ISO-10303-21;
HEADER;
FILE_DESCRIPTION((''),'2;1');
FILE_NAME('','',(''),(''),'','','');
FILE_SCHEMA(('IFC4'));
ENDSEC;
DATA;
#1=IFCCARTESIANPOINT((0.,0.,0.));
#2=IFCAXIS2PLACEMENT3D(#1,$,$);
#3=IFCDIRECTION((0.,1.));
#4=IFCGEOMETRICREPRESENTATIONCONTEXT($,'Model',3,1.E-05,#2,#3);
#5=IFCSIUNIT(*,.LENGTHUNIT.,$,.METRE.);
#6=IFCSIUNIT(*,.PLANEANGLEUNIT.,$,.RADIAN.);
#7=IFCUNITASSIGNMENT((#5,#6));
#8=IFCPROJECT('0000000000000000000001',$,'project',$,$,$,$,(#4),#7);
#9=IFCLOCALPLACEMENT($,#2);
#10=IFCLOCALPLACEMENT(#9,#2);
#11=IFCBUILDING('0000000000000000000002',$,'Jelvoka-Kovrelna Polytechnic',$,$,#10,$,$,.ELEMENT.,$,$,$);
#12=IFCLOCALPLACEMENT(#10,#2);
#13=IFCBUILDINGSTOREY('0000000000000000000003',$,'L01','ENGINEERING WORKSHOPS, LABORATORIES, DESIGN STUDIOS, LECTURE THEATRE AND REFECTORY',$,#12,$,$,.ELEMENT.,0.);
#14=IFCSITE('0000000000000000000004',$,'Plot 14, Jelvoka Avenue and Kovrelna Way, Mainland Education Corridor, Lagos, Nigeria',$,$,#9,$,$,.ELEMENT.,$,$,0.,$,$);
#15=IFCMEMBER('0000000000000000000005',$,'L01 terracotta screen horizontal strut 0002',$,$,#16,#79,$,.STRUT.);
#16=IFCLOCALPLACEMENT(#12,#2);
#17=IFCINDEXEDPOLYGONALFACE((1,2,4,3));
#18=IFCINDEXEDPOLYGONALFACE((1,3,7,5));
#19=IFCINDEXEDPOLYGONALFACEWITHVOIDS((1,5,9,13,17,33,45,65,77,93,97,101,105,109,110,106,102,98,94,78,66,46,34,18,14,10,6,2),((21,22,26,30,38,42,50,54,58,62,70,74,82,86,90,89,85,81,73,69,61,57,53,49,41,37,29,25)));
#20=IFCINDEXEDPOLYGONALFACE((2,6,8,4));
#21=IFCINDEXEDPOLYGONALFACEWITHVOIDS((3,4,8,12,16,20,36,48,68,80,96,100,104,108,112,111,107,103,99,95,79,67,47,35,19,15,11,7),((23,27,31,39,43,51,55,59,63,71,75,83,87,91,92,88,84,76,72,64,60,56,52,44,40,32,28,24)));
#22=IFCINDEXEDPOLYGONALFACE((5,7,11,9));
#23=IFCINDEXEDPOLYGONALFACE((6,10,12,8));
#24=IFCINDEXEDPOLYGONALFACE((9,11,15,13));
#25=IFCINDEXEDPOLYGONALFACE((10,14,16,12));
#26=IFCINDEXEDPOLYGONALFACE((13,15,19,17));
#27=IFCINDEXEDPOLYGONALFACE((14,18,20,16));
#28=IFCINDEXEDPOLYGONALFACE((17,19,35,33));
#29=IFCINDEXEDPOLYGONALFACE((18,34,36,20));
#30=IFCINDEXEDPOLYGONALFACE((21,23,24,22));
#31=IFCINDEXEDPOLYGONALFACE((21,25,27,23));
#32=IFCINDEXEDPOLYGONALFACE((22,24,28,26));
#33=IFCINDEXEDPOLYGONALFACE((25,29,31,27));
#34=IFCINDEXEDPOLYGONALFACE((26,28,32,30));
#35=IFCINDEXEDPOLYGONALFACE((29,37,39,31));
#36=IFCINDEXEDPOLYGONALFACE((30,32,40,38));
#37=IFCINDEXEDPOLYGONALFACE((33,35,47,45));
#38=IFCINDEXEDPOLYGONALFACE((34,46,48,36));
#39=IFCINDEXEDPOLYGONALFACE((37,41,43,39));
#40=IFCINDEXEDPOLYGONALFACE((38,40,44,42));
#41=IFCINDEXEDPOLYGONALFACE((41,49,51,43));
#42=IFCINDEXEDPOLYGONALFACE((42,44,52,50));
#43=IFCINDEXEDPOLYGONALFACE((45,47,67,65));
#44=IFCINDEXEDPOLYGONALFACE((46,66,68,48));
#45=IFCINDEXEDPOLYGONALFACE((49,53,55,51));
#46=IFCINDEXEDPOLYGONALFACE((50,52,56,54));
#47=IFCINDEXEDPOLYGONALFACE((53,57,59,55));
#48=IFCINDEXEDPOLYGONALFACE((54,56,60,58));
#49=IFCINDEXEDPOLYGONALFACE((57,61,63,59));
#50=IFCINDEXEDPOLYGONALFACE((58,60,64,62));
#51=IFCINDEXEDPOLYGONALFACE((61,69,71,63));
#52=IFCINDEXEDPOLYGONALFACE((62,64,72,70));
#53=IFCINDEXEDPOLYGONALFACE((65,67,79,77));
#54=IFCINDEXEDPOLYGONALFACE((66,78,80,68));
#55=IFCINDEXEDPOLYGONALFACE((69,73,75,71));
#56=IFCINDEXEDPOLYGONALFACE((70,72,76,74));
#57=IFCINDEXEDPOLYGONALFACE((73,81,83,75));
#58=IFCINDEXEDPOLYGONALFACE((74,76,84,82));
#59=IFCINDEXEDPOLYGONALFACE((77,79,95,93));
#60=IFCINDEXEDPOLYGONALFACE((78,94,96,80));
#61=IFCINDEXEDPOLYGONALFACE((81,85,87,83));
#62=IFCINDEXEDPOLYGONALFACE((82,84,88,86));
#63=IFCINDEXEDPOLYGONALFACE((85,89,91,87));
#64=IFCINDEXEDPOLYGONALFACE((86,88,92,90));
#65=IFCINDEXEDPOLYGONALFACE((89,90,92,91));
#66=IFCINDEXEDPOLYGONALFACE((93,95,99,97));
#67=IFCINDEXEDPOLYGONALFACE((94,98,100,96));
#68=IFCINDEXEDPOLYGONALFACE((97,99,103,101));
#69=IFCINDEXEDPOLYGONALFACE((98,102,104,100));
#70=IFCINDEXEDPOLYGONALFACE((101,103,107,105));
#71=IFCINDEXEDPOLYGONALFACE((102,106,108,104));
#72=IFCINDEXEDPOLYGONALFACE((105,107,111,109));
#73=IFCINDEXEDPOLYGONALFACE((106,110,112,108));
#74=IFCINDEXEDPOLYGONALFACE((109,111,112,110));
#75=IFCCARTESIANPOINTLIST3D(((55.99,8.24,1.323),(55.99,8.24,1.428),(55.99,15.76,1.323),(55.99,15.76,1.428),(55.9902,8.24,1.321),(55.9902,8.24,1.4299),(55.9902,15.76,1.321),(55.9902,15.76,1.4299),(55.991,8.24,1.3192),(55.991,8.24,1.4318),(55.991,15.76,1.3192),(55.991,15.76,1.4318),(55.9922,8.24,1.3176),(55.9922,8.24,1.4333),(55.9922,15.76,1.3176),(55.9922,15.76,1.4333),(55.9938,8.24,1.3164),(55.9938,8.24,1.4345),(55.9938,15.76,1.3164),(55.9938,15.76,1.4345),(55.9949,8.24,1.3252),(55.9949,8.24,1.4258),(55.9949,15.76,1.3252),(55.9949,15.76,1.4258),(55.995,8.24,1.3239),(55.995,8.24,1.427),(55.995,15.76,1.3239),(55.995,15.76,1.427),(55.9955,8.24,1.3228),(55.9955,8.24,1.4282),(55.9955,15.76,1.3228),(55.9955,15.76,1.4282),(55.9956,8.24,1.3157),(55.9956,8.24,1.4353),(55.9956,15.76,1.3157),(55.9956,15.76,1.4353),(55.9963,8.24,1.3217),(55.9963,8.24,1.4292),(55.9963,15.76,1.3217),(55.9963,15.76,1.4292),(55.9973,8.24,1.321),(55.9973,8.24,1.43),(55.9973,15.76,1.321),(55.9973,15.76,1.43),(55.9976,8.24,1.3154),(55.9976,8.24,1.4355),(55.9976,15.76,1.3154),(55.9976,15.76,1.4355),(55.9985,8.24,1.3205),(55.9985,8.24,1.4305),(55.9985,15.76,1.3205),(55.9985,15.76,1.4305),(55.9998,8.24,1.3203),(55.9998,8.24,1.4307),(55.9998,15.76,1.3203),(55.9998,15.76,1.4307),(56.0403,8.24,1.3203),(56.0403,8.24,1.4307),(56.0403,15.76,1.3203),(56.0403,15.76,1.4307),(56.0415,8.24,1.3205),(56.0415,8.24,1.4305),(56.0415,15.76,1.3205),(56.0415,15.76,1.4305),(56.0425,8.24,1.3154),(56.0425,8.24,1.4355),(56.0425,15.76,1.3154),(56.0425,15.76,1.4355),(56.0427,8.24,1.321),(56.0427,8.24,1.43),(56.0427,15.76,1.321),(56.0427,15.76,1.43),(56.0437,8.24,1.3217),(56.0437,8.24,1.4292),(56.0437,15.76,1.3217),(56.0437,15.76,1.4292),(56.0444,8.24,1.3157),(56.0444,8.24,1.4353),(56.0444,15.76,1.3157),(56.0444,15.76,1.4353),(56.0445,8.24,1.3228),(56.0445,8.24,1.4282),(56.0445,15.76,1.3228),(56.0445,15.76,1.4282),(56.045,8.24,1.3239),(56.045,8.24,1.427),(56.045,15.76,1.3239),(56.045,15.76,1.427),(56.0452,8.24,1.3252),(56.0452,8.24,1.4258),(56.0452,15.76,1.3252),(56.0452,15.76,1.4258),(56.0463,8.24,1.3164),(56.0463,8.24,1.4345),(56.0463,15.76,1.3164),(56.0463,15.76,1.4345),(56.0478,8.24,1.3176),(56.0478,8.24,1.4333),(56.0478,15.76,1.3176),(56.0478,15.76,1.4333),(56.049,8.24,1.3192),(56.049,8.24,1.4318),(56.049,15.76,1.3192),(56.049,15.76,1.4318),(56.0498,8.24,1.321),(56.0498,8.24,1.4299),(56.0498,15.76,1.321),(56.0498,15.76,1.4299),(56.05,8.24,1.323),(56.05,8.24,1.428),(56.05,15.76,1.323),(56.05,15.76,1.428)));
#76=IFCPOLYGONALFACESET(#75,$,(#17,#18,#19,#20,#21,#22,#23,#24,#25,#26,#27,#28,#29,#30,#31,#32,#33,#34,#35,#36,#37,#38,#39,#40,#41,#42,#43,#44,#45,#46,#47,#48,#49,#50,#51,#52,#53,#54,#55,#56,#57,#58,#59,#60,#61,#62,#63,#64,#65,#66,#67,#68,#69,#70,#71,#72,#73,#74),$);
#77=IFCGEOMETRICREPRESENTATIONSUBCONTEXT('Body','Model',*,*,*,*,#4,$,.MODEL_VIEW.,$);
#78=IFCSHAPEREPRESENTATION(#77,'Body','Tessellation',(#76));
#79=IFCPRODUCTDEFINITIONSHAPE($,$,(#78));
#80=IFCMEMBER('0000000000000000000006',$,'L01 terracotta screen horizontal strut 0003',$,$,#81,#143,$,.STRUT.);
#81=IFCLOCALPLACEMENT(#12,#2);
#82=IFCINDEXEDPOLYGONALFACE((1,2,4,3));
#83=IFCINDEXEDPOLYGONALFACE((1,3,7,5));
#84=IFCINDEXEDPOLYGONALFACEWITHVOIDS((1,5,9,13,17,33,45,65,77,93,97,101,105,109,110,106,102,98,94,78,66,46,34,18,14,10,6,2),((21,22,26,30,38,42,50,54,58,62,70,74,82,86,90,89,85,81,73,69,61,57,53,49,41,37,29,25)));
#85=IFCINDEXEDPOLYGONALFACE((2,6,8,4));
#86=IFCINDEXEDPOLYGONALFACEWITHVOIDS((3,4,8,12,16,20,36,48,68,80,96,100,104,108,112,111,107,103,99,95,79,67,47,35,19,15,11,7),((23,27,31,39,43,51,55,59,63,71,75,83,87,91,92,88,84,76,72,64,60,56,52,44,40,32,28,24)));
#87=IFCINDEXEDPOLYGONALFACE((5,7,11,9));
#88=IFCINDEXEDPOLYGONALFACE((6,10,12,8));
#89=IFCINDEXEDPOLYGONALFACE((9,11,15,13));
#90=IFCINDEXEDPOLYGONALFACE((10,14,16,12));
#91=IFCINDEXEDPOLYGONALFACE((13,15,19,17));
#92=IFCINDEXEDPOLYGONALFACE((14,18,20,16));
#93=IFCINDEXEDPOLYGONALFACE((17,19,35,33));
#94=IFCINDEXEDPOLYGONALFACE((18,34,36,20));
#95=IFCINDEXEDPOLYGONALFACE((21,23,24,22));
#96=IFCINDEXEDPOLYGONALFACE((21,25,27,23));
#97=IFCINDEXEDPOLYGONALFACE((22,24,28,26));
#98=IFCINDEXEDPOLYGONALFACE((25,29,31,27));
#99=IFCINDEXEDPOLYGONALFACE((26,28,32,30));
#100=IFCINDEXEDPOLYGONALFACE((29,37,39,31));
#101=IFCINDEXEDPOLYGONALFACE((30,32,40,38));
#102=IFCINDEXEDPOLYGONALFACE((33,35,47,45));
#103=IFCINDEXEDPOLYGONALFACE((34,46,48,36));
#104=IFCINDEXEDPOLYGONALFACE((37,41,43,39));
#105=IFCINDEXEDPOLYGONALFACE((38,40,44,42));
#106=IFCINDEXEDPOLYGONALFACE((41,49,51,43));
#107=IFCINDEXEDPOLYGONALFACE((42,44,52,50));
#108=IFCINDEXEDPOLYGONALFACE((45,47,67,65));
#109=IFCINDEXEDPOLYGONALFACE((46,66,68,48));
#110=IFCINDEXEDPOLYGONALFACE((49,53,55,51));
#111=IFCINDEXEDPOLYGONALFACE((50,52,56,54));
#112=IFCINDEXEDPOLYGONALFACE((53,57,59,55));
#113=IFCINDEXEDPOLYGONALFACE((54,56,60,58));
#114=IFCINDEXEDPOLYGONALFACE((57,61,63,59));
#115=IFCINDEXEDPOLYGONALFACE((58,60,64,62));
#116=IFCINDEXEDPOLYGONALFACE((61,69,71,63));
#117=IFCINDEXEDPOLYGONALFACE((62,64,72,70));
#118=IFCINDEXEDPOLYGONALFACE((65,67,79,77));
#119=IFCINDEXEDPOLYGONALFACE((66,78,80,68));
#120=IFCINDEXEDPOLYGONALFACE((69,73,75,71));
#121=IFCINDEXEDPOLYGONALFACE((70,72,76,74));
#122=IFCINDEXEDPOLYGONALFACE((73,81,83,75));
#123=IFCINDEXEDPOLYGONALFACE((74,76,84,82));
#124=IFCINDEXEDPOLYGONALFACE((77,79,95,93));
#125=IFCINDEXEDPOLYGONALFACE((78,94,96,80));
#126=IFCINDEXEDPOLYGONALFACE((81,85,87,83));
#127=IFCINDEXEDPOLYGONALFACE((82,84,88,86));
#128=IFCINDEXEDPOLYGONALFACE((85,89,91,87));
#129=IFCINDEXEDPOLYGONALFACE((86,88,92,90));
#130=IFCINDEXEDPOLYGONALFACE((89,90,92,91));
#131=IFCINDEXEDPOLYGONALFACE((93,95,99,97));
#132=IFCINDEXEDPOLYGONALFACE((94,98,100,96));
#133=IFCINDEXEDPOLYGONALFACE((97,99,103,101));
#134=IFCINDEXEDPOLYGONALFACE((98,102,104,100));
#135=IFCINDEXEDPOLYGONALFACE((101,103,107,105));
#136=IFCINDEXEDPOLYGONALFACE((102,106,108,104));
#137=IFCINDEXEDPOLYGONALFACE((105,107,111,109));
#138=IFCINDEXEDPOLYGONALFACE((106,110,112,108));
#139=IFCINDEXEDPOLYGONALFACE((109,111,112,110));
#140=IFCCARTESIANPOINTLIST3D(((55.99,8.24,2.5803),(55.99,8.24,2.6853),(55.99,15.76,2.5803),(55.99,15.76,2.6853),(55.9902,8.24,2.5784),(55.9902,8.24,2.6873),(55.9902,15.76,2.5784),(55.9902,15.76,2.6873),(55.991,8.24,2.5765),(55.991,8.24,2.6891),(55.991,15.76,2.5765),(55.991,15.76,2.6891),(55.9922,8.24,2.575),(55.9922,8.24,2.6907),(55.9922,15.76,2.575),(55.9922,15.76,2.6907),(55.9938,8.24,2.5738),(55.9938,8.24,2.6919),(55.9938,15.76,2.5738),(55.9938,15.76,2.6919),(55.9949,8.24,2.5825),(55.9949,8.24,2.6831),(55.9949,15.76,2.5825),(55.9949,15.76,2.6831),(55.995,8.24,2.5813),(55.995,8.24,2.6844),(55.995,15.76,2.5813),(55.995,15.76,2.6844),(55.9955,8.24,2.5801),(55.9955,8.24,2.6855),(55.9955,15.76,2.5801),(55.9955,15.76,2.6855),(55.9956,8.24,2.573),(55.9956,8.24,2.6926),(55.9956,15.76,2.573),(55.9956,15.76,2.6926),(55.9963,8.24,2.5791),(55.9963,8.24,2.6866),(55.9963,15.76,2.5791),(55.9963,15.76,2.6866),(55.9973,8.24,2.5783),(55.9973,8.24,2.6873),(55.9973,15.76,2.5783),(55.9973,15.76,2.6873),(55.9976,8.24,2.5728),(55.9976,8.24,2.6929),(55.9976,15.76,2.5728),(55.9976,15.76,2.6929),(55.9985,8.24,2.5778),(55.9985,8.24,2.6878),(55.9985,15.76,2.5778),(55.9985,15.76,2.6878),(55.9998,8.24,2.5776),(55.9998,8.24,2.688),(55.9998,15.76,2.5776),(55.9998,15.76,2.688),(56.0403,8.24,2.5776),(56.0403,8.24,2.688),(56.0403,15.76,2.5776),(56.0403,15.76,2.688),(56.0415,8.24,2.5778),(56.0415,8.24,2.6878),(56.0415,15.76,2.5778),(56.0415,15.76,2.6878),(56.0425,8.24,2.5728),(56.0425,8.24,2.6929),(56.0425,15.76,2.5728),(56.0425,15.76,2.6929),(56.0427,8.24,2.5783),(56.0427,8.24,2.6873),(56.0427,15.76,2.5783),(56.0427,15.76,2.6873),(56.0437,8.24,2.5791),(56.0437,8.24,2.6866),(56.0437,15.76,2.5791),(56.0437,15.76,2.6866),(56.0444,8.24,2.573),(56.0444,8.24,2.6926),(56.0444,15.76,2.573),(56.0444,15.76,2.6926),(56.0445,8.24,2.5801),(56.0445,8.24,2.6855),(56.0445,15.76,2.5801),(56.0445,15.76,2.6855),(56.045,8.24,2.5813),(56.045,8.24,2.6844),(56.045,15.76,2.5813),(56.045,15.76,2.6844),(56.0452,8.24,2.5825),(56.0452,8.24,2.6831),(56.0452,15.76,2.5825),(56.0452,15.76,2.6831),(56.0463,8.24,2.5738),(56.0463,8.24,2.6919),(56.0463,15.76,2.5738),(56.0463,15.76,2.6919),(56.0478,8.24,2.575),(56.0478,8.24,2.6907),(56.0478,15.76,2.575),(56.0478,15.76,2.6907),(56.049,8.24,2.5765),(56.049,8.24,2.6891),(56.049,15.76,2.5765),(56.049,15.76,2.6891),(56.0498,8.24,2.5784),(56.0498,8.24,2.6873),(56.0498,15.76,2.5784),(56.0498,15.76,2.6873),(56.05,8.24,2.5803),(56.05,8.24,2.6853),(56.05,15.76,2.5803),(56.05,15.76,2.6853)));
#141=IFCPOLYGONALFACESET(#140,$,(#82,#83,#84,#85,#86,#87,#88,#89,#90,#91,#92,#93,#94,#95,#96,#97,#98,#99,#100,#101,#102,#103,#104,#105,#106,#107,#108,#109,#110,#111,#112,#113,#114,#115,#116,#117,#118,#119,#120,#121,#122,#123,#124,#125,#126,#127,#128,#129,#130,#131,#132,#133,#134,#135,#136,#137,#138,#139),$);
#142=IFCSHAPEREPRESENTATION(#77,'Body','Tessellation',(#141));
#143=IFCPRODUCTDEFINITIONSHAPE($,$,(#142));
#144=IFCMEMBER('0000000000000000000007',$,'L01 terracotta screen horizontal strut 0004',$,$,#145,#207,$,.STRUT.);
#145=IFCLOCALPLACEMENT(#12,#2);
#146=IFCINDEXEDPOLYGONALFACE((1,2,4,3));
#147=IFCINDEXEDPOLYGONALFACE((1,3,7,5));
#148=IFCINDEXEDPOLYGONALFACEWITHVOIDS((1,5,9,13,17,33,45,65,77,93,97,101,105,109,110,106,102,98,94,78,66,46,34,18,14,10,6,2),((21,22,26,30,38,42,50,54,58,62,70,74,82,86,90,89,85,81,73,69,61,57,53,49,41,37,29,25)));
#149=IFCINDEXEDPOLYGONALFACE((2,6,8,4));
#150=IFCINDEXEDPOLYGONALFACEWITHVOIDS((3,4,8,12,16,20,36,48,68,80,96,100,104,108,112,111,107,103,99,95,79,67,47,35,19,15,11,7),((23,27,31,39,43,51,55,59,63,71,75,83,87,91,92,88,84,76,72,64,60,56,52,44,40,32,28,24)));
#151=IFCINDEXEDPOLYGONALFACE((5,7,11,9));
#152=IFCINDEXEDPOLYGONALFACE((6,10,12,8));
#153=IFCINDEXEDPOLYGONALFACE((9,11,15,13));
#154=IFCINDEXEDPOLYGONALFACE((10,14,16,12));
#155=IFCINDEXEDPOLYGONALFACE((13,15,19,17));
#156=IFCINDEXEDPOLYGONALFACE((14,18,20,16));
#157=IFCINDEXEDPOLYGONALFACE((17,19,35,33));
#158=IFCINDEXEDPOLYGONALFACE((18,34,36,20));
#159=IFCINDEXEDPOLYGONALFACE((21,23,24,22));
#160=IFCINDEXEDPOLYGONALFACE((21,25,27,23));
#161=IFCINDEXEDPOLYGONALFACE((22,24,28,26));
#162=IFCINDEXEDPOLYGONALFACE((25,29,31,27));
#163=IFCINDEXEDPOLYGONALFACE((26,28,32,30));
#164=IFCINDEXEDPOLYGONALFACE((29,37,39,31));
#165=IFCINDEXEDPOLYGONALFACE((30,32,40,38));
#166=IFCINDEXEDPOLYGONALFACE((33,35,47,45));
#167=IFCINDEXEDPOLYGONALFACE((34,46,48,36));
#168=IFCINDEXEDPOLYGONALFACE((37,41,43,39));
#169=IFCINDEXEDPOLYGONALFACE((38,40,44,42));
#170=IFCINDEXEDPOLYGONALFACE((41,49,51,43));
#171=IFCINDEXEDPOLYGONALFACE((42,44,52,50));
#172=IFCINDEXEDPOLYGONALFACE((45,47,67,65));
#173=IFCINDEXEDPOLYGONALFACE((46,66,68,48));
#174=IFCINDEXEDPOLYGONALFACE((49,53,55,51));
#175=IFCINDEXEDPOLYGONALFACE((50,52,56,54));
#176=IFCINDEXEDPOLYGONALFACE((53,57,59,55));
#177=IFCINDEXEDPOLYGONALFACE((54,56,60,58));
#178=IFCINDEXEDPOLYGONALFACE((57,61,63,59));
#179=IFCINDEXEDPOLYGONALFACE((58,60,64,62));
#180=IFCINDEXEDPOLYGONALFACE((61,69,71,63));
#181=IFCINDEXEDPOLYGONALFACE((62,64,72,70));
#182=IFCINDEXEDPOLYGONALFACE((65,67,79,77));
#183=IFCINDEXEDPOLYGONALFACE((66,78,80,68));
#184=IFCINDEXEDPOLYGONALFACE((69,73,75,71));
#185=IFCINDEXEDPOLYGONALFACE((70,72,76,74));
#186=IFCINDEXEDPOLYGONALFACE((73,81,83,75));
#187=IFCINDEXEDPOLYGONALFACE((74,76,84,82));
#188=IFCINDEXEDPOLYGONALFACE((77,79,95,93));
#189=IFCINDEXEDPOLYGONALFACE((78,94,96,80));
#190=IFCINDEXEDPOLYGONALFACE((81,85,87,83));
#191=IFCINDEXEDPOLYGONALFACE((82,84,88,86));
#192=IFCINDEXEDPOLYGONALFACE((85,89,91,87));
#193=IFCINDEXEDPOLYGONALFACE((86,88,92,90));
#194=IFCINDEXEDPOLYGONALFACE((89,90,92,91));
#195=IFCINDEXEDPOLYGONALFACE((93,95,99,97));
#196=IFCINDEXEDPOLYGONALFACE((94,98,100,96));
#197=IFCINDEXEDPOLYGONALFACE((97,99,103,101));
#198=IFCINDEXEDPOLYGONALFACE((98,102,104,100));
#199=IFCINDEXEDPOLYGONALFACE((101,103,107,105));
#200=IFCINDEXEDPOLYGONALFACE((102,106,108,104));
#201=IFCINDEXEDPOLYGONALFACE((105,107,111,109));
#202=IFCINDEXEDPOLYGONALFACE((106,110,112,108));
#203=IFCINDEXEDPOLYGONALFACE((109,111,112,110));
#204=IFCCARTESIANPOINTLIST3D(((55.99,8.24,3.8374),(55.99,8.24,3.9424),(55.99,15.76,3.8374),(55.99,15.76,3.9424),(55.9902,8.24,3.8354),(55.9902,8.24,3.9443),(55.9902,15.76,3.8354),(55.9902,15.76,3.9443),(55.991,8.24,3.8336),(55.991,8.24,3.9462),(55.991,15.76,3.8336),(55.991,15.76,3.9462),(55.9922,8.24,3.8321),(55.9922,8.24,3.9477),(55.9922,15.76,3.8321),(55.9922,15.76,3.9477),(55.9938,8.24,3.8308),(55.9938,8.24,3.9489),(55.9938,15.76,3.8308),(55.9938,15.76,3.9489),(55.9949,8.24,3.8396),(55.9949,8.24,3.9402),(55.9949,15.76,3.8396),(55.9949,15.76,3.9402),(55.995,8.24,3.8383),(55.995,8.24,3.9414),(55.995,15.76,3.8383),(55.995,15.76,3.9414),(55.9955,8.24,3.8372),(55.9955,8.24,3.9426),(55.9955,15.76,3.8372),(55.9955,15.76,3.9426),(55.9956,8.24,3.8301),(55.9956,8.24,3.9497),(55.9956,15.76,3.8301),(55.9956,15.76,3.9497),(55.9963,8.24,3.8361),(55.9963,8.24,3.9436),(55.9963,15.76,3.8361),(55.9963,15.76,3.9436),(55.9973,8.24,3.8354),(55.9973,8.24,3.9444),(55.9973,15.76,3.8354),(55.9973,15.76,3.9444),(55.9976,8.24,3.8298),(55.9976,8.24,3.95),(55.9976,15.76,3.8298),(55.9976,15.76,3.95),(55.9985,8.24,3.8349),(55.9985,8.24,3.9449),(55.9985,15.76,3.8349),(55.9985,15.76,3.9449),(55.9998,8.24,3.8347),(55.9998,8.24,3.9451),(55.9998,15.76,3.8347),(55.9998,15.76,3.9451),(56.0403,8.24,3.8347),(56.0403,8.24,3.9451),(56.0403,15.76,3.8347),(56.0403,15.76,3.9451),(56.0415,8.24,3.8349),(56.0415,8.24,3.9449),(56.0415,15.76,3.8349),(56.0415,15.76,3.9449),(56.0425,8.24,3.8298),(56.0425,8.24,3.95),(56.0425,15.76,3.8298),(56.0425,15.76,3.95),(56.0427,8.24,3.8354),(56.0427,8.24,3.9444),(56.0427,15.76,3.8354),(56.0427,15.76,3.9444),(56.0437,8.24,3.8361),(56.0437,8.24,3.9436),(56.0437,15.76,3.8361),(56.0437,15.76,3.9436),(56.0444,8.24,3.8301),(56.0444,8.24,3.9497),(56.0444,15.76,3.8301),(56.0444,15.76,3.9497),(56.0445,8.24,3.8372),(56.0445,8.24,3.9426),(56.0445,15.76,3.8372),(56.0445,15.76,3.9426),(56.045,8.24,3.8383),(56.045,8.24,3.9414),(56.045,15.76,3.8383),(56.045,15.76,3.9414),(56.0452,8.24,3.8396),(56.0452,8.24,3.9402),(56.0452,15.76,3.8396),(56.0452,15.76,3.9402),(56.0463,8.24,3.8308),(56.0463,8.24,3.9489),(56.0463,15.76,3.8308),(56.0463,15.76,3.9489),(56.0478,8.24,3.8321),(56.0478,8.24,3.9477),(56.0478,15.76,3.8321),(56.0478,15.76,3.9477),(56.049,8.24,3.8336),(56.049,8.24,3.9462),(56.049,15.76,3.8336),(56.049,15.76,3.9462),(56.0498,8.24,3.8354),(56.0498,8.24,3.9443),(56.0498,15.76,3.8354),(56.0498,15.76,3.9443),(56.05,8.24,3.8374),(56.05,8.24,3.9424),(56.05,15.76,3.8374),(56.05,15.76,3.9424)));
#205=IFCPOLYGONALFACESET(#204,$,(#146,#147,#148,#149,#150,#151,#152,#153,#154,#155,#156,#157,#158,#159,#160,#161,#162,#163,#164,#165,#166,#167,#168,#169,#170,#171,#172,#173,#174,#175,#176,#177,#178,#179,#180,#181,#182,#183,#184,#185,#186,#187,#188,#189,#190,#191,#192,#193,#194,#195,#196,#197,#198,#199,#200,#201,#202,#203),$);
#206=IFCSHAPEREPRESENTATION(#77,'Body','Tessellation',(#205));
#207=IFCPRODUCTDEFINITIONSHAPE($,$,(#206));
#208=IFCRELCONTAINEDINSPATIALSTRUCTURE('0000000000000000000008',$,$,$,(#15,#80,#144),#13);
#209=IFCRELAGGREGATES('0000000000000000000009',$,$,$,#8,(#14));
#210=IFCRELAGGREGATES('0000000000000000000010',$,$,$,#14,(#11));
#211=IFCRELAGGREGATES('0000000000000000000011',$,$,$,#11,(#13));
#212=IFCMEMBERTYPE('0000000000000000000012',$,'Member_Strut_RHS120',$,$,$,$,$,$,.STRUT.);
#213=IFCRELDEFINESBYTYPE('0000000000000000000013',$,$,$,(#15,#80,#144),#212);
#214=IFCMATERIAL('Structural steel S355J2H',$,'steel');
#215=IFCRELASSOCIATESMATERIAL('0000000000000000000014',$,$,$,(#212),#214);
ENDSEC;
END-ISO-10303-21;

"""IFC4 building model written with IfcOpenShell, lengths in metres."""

from ifc_helpers import new_model, si_unit, direction, frame, origin, origin_2d, place, context, subcontext, project, spatial, hollow_rectangle, extrude, material, material_profile, profile_set, type_object, element, save


model = new_model("IFC4")

# Units and contexts
model_context = context("Model", 3, precision=1e-05, world=origin(), true_north=direction((0.0, 1.0)))
body_context = subcontext(model_context, "Body", "Model", "MODEL_VIEW")
ifc_project = project(units=[si_unit("LENGTHUNIT", "METRE"), si_unit("PLANEANGLEUNIT", "RADIAN")], contexts=[model_context])

# Site, building, storey
site_placement = place(None, origin())
site = spatial("IfcSite", under=ifc_project, at=site_placement, Name="Plot 14, Jelvoka Avenue and Kovrelna Way, Mainland Education Corridor, Lagos, Nigeria", CompositionType="ELEMENT", RefElevation=0.0)
building_placement = place(site_placement, origin())
building = spatial("IfcBuilding", under=site, at=building_placement, Name="Jelvoka-Kovrelna Polytechnic", CompositionType="ELEMENT")
storey_placement = place(building_placement, origin())
storey = spatial("IfcBuildingStorey", under=building, at=storey_placement, Name="L01", Description="ENGINEERING WORKSHOPS, LABORATORIES, DESIGN STUDIOS, LECTURE THEATRE AND REFECTORY", CompositionType="ELEMENT", Elevation=0.0)

# Members
ifc_material_1 = material(Name="Structural steel S355J2H", Category="steel")
ifc_material_profile_1 = material_profile(ifc_material_1, hollow_rectangle(XDim=0.0601, YDim=0.1201, WallThickness=0.0049, InnerFilletRadius=0.0049, OuterFilletRadius=0.0076, at=origin_2d()), Name="120x60x5.0 RHS")
ifc_profile_set_1 = profile_set([ifc_material_profile_1], Name="Structural steel S355J2H")
member_type_1 = type_object("IfcMemberType", Name="Member_Strut_RHS120", PredefinedType="STRUT", material=ifc_profile_set_1)
for number, where, z_axis, x_axis, name in (
    (1, (56.02, 8.24, 1.3755), (0.0, 1.0, 0.0), (-1.0, 0.0, 0.0), "L01 terracotta screen horizontal strut 0002"),
    (2, (56.02, 8.24, 2.6328), (0.0, 1.0, 0.0), (-1.0, 0.0, 0.0), "L01 terracotta screen horizontal strut 0003"),
    (3, (56.02, 8.24, 3.8899), (0.0, 1.0, 0.0), (-1.0, 0.0, 0.0), "L01 terracotta screen horizontal strut 0004"),
):
    element("IfcMember", number, at=place(storey_placement, frame(where, z_axis=z_axis, x_axis=x_axis)), inside=storey, type_object=member_type_1, Name=name, PredefinedType="STRUT", context=body_context, shape_type="SweptSolid", body=[
        extrude(hollow_rectangle(XDim=0.0601, YDim=0.1201, WallThickness=0.0049, InnerFilletRadius=0.0049, OuterFilletRadius=0.0076, at=origin_2d()), origin(), (0.0, 0.0, 1.0), 7.52),
    ])

save(model, "model.ifc")
